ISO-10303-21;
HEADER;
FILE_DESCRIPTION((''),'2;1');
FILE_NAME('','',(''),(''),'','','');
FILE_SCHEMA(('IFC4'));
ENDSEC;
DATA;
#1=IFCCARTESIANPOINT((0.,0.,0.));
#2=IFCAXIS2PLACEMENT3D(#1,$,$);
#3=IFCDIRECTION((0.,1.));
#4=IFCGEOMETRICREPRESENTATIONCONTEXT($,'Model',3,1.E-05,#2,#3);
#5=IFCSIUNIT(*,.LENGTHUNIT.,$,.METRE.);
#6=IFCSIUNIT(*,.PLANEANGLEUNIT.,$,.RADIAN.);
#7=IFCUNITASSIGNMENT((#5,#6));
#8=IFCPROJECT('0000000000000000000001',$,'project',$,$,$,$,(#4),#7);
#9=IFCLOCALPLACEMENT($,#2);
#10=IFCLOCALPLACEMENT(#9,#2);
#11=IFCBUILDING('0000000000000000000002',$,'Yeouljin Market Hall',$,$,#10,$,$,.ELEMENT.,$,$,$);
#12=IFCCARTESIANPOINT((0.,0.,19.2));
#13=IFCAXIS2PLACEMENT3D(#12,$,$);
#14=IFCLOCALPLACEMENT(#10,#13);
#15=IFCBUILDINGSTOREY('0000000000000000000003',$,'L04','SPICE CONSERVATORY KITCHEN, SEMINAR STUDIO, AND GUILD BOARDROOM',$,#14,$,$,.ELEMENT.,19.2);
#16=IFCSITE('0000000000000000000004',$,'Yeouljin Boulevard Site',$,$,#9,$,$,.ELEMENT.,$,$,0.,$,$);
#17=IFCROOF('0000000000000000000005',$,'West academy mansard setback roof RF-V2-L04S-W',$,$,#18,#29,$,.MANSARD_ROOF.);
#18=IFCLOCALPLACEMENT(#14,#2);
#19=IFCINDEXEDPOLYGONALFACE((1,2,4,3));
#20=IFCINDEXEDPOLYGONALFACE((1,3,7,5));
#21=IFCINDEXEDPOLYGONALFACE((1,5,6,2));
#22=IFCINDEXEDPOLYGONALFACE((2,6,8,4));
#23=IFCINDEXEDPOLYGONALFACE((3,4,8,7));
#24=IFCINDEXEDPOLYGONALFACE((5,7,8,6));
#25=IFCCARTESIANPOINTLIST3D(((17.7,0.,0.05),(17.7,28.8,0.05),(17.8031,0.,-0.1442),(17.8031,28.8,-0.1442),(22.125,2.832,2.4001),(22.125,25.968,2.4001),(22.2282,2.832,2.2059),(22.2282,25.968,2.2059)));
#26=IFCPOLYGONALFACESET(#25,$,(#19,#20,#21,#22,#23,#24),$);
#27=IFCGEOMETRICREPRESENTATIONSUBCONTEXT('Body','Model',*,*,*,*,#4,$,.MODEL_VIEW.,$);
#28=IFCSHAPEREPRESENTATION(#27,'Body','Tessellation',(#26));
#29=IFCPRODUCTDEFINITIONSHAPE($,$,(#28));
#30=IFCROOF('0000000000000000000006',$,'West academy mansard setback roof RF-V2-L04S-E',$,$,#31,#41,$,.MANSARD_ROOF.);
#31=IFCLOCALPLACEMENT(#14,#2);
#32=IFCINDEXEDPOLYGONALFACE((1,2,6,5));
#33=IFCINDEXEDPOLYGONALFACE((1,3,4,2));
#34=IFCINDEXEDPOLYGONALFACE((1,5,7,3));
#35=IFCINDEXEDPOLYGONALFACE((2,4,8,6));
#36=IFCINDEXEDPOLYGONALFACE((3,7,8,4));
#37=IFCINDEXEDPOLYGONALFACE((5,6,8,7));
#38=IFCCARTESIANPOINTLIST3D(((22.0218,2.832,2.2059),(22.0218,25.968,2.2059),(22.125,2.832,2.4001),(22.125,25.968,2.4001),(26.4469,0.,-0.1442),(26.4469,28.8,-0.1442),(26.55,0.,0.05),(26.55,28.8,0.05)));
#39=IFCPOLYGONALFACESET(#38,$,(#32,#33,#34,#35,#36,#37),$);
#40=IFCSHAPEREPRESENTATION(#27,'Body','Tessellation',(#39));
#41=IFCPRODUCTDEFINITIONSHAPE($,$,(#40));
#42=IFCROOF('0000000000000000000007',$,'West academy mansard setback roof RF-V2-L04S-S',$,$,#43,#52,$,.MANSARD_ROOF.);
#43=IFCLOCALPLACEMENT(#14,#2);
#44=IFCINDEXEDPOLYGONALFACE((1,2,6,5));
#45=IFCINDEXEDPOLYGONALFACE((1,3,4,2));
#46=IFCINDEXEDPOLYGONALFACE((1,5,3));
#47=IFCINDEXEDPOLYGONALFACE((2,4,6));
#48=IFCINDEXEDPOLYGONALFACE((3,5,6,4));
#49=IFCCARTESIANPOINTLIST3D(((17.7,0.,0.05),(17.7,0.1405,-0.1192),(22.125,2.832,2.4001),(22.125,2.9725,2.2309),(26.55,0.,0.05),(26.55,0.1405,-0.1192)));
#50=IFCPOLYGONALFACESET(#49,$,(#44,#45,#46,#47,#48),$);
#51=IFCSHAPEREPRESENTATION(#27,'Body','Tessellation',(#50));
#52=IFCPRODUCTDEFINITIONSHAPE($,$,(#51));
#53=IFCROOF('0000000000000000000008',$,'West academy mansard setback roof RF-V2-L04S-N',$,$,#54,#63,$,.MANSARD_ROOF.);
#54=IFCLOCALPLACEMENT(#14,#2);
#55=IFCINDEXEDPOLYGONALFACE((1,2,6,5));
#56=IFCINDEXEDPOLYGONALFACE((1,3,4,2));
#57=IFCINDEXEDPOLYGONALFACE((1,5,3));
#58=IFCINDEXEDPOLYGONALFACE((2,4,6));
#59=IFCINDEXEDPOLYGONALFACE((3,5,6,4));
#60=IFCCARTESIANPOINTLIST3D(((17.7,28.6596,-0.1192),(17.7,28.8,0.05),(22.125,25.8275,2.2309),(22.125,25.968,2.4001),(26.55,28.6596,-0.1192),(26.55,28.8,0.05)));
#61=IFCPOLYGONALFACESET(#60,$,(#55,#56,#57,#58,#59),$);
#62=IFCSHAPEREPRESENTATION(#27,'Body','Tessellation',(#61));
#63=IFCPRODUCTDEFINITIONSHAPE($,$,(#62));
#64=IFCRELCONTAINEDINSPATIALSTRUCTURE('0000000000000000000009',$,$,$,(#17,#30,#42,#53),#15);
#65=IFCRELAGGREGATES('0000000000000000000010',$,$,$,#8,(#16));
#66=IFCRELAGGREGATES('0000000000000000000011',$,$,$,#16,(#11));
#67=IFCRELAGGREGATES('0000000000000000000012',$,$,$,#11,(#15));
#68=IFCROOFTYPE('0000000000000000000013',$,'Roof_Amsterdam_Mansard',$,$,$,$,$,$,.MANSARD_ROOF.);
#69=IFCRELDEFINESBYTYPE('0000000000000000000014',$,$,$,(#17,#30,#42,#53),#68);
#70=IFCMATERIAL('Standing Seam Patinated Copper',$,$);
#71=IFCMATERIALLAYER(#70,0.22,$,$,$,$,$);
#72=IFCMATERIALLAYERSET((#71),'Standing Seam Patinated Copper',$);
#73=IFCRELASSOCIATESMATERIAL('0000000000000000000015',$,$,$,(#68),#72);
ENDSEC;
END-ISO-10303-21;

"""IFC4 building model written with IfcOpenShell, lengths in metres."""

from ifc_helpers import new_model, si_unit, direction, frame, origin, place, context, subcontext, project, spatial, polyline, outline, extrude, material, layer, layer_set, type_object, element, save


model = new_model("IFC4")

# Units and contexts
model_context = context("Model", 3, precision=1e-05, world=origin(), true_north=direction((0.0, 1.0)))
body_context = subcontext(model_context, "Body", "Model", "MODEL_VIEW")
ifc_project = project(units=[si_unit("LENGTHUNIT", "METRE"), si_unit("PLANEANGLEUNIT", "RADIAN")], contexts=[model_context])

# Site, building, storey
site_placement = place(None, origin())
site = spatial("IfcSite", under=ifc_project, at=site_placement, Name="Yeouljin Boulevard Site", CompositionType="ELEMENT", RefElevation=0.0)
building_placement = place(site_placement, origin())
building = spatial("IfcBuilding", under=site, at=building_placement, Name="Yeouljin Market Hall", CompositionType="ELEMENT")
storey_placement = place(building_placement, frame((0.0, 0.0, 19.2)))
storey = spatial("IfcBuildingStorey", under=building, at=storey_placement, Name="L04", Description="SPICE CONSERVATORY KITCHEN, SEMINAR STUDIO, AND GUILD BOARDROOM", CompositionType="ELEMENT", Elevation=19.2)

# Roofs
ifc_material_1 = material(Name="Standing Seam Patinated Copper")
ifc_layer_1 = layer(ifc_material_1, 0.22)
ifc_layer_set_1 = layer_set([ifc_layer_1], Name="Standing Seam Patinated Copper")
roof_type = type_object("IfcRoofType", Name="Roof_Amsterdam_Mansard", PredefinedType="MANSARD_ROOF", material=ifc_layer_set_1)
for number, where, z_axis, x_axis, name in (
    (1, (17.7, 28.8, 0.05), (-0.469045, 0.0, 0.883174), (0.0, -1.0, 0.0), "West academy mansard setback roof RF-V2-L04S-W"),
    (2, (26.55, 0.0, 0.05), (0.469045, 0.0, 0.883174), (0.0, 1.0, 0.0), "West academy mansard setback roof RF-V2-L04S-E"),
):
    element("IfcRoof", number, at=place(storey_placement, frame(where, z_axis=z_axis, x_axis=x_axis)), inside=storey, type_object=roof_type, Name=name, PredefinedType="MANSARD_ROOF", context=body_context, shape_type="SweptSolid", body=[
        extrude(outline(polyline([(0.0, 0.0), (28.8, 0.0), (25.968, 5.0104), (2.832, 5.0104), (0.0, 0.0)])), origin(), (0.0, 0.0, -1.0), 0.22),
    ])
for number, where, z_axis, x_axis, name in (
    (3, (17.7, 0.0, 0.05), (0.0, -0.638591, 0.769546), (1.0, 0.0, 0.0), "West academy mansard setback roof RF-V2-L04S-S"),
    (4, (26.55, 28.8, 0.05), (0.0, 0.638591, 0.769546), (-1.0, 0.0, 0.0), "West academy mansard setback roof RF-V2-L04S-N"),
):
    element("IfcRoof", number, at=place(storey_placement, frame(where, z_axis=z_axis, x_axis=x_axis)), inside=storey, type_object=roof_type, Name=name, PredefinedType="MANSARD_ROOF", context=body_context, shape_type="SweptSolid", body=[
        extrude(outline(polyline([(0.0, 0.0), (8.8501, 0.0), (4.425, 3.6801), (0.0, 0.0)])), origin(), (0.0, 0.0, -1.0), 0.22),
    ])

save(model, "model.ifc")
